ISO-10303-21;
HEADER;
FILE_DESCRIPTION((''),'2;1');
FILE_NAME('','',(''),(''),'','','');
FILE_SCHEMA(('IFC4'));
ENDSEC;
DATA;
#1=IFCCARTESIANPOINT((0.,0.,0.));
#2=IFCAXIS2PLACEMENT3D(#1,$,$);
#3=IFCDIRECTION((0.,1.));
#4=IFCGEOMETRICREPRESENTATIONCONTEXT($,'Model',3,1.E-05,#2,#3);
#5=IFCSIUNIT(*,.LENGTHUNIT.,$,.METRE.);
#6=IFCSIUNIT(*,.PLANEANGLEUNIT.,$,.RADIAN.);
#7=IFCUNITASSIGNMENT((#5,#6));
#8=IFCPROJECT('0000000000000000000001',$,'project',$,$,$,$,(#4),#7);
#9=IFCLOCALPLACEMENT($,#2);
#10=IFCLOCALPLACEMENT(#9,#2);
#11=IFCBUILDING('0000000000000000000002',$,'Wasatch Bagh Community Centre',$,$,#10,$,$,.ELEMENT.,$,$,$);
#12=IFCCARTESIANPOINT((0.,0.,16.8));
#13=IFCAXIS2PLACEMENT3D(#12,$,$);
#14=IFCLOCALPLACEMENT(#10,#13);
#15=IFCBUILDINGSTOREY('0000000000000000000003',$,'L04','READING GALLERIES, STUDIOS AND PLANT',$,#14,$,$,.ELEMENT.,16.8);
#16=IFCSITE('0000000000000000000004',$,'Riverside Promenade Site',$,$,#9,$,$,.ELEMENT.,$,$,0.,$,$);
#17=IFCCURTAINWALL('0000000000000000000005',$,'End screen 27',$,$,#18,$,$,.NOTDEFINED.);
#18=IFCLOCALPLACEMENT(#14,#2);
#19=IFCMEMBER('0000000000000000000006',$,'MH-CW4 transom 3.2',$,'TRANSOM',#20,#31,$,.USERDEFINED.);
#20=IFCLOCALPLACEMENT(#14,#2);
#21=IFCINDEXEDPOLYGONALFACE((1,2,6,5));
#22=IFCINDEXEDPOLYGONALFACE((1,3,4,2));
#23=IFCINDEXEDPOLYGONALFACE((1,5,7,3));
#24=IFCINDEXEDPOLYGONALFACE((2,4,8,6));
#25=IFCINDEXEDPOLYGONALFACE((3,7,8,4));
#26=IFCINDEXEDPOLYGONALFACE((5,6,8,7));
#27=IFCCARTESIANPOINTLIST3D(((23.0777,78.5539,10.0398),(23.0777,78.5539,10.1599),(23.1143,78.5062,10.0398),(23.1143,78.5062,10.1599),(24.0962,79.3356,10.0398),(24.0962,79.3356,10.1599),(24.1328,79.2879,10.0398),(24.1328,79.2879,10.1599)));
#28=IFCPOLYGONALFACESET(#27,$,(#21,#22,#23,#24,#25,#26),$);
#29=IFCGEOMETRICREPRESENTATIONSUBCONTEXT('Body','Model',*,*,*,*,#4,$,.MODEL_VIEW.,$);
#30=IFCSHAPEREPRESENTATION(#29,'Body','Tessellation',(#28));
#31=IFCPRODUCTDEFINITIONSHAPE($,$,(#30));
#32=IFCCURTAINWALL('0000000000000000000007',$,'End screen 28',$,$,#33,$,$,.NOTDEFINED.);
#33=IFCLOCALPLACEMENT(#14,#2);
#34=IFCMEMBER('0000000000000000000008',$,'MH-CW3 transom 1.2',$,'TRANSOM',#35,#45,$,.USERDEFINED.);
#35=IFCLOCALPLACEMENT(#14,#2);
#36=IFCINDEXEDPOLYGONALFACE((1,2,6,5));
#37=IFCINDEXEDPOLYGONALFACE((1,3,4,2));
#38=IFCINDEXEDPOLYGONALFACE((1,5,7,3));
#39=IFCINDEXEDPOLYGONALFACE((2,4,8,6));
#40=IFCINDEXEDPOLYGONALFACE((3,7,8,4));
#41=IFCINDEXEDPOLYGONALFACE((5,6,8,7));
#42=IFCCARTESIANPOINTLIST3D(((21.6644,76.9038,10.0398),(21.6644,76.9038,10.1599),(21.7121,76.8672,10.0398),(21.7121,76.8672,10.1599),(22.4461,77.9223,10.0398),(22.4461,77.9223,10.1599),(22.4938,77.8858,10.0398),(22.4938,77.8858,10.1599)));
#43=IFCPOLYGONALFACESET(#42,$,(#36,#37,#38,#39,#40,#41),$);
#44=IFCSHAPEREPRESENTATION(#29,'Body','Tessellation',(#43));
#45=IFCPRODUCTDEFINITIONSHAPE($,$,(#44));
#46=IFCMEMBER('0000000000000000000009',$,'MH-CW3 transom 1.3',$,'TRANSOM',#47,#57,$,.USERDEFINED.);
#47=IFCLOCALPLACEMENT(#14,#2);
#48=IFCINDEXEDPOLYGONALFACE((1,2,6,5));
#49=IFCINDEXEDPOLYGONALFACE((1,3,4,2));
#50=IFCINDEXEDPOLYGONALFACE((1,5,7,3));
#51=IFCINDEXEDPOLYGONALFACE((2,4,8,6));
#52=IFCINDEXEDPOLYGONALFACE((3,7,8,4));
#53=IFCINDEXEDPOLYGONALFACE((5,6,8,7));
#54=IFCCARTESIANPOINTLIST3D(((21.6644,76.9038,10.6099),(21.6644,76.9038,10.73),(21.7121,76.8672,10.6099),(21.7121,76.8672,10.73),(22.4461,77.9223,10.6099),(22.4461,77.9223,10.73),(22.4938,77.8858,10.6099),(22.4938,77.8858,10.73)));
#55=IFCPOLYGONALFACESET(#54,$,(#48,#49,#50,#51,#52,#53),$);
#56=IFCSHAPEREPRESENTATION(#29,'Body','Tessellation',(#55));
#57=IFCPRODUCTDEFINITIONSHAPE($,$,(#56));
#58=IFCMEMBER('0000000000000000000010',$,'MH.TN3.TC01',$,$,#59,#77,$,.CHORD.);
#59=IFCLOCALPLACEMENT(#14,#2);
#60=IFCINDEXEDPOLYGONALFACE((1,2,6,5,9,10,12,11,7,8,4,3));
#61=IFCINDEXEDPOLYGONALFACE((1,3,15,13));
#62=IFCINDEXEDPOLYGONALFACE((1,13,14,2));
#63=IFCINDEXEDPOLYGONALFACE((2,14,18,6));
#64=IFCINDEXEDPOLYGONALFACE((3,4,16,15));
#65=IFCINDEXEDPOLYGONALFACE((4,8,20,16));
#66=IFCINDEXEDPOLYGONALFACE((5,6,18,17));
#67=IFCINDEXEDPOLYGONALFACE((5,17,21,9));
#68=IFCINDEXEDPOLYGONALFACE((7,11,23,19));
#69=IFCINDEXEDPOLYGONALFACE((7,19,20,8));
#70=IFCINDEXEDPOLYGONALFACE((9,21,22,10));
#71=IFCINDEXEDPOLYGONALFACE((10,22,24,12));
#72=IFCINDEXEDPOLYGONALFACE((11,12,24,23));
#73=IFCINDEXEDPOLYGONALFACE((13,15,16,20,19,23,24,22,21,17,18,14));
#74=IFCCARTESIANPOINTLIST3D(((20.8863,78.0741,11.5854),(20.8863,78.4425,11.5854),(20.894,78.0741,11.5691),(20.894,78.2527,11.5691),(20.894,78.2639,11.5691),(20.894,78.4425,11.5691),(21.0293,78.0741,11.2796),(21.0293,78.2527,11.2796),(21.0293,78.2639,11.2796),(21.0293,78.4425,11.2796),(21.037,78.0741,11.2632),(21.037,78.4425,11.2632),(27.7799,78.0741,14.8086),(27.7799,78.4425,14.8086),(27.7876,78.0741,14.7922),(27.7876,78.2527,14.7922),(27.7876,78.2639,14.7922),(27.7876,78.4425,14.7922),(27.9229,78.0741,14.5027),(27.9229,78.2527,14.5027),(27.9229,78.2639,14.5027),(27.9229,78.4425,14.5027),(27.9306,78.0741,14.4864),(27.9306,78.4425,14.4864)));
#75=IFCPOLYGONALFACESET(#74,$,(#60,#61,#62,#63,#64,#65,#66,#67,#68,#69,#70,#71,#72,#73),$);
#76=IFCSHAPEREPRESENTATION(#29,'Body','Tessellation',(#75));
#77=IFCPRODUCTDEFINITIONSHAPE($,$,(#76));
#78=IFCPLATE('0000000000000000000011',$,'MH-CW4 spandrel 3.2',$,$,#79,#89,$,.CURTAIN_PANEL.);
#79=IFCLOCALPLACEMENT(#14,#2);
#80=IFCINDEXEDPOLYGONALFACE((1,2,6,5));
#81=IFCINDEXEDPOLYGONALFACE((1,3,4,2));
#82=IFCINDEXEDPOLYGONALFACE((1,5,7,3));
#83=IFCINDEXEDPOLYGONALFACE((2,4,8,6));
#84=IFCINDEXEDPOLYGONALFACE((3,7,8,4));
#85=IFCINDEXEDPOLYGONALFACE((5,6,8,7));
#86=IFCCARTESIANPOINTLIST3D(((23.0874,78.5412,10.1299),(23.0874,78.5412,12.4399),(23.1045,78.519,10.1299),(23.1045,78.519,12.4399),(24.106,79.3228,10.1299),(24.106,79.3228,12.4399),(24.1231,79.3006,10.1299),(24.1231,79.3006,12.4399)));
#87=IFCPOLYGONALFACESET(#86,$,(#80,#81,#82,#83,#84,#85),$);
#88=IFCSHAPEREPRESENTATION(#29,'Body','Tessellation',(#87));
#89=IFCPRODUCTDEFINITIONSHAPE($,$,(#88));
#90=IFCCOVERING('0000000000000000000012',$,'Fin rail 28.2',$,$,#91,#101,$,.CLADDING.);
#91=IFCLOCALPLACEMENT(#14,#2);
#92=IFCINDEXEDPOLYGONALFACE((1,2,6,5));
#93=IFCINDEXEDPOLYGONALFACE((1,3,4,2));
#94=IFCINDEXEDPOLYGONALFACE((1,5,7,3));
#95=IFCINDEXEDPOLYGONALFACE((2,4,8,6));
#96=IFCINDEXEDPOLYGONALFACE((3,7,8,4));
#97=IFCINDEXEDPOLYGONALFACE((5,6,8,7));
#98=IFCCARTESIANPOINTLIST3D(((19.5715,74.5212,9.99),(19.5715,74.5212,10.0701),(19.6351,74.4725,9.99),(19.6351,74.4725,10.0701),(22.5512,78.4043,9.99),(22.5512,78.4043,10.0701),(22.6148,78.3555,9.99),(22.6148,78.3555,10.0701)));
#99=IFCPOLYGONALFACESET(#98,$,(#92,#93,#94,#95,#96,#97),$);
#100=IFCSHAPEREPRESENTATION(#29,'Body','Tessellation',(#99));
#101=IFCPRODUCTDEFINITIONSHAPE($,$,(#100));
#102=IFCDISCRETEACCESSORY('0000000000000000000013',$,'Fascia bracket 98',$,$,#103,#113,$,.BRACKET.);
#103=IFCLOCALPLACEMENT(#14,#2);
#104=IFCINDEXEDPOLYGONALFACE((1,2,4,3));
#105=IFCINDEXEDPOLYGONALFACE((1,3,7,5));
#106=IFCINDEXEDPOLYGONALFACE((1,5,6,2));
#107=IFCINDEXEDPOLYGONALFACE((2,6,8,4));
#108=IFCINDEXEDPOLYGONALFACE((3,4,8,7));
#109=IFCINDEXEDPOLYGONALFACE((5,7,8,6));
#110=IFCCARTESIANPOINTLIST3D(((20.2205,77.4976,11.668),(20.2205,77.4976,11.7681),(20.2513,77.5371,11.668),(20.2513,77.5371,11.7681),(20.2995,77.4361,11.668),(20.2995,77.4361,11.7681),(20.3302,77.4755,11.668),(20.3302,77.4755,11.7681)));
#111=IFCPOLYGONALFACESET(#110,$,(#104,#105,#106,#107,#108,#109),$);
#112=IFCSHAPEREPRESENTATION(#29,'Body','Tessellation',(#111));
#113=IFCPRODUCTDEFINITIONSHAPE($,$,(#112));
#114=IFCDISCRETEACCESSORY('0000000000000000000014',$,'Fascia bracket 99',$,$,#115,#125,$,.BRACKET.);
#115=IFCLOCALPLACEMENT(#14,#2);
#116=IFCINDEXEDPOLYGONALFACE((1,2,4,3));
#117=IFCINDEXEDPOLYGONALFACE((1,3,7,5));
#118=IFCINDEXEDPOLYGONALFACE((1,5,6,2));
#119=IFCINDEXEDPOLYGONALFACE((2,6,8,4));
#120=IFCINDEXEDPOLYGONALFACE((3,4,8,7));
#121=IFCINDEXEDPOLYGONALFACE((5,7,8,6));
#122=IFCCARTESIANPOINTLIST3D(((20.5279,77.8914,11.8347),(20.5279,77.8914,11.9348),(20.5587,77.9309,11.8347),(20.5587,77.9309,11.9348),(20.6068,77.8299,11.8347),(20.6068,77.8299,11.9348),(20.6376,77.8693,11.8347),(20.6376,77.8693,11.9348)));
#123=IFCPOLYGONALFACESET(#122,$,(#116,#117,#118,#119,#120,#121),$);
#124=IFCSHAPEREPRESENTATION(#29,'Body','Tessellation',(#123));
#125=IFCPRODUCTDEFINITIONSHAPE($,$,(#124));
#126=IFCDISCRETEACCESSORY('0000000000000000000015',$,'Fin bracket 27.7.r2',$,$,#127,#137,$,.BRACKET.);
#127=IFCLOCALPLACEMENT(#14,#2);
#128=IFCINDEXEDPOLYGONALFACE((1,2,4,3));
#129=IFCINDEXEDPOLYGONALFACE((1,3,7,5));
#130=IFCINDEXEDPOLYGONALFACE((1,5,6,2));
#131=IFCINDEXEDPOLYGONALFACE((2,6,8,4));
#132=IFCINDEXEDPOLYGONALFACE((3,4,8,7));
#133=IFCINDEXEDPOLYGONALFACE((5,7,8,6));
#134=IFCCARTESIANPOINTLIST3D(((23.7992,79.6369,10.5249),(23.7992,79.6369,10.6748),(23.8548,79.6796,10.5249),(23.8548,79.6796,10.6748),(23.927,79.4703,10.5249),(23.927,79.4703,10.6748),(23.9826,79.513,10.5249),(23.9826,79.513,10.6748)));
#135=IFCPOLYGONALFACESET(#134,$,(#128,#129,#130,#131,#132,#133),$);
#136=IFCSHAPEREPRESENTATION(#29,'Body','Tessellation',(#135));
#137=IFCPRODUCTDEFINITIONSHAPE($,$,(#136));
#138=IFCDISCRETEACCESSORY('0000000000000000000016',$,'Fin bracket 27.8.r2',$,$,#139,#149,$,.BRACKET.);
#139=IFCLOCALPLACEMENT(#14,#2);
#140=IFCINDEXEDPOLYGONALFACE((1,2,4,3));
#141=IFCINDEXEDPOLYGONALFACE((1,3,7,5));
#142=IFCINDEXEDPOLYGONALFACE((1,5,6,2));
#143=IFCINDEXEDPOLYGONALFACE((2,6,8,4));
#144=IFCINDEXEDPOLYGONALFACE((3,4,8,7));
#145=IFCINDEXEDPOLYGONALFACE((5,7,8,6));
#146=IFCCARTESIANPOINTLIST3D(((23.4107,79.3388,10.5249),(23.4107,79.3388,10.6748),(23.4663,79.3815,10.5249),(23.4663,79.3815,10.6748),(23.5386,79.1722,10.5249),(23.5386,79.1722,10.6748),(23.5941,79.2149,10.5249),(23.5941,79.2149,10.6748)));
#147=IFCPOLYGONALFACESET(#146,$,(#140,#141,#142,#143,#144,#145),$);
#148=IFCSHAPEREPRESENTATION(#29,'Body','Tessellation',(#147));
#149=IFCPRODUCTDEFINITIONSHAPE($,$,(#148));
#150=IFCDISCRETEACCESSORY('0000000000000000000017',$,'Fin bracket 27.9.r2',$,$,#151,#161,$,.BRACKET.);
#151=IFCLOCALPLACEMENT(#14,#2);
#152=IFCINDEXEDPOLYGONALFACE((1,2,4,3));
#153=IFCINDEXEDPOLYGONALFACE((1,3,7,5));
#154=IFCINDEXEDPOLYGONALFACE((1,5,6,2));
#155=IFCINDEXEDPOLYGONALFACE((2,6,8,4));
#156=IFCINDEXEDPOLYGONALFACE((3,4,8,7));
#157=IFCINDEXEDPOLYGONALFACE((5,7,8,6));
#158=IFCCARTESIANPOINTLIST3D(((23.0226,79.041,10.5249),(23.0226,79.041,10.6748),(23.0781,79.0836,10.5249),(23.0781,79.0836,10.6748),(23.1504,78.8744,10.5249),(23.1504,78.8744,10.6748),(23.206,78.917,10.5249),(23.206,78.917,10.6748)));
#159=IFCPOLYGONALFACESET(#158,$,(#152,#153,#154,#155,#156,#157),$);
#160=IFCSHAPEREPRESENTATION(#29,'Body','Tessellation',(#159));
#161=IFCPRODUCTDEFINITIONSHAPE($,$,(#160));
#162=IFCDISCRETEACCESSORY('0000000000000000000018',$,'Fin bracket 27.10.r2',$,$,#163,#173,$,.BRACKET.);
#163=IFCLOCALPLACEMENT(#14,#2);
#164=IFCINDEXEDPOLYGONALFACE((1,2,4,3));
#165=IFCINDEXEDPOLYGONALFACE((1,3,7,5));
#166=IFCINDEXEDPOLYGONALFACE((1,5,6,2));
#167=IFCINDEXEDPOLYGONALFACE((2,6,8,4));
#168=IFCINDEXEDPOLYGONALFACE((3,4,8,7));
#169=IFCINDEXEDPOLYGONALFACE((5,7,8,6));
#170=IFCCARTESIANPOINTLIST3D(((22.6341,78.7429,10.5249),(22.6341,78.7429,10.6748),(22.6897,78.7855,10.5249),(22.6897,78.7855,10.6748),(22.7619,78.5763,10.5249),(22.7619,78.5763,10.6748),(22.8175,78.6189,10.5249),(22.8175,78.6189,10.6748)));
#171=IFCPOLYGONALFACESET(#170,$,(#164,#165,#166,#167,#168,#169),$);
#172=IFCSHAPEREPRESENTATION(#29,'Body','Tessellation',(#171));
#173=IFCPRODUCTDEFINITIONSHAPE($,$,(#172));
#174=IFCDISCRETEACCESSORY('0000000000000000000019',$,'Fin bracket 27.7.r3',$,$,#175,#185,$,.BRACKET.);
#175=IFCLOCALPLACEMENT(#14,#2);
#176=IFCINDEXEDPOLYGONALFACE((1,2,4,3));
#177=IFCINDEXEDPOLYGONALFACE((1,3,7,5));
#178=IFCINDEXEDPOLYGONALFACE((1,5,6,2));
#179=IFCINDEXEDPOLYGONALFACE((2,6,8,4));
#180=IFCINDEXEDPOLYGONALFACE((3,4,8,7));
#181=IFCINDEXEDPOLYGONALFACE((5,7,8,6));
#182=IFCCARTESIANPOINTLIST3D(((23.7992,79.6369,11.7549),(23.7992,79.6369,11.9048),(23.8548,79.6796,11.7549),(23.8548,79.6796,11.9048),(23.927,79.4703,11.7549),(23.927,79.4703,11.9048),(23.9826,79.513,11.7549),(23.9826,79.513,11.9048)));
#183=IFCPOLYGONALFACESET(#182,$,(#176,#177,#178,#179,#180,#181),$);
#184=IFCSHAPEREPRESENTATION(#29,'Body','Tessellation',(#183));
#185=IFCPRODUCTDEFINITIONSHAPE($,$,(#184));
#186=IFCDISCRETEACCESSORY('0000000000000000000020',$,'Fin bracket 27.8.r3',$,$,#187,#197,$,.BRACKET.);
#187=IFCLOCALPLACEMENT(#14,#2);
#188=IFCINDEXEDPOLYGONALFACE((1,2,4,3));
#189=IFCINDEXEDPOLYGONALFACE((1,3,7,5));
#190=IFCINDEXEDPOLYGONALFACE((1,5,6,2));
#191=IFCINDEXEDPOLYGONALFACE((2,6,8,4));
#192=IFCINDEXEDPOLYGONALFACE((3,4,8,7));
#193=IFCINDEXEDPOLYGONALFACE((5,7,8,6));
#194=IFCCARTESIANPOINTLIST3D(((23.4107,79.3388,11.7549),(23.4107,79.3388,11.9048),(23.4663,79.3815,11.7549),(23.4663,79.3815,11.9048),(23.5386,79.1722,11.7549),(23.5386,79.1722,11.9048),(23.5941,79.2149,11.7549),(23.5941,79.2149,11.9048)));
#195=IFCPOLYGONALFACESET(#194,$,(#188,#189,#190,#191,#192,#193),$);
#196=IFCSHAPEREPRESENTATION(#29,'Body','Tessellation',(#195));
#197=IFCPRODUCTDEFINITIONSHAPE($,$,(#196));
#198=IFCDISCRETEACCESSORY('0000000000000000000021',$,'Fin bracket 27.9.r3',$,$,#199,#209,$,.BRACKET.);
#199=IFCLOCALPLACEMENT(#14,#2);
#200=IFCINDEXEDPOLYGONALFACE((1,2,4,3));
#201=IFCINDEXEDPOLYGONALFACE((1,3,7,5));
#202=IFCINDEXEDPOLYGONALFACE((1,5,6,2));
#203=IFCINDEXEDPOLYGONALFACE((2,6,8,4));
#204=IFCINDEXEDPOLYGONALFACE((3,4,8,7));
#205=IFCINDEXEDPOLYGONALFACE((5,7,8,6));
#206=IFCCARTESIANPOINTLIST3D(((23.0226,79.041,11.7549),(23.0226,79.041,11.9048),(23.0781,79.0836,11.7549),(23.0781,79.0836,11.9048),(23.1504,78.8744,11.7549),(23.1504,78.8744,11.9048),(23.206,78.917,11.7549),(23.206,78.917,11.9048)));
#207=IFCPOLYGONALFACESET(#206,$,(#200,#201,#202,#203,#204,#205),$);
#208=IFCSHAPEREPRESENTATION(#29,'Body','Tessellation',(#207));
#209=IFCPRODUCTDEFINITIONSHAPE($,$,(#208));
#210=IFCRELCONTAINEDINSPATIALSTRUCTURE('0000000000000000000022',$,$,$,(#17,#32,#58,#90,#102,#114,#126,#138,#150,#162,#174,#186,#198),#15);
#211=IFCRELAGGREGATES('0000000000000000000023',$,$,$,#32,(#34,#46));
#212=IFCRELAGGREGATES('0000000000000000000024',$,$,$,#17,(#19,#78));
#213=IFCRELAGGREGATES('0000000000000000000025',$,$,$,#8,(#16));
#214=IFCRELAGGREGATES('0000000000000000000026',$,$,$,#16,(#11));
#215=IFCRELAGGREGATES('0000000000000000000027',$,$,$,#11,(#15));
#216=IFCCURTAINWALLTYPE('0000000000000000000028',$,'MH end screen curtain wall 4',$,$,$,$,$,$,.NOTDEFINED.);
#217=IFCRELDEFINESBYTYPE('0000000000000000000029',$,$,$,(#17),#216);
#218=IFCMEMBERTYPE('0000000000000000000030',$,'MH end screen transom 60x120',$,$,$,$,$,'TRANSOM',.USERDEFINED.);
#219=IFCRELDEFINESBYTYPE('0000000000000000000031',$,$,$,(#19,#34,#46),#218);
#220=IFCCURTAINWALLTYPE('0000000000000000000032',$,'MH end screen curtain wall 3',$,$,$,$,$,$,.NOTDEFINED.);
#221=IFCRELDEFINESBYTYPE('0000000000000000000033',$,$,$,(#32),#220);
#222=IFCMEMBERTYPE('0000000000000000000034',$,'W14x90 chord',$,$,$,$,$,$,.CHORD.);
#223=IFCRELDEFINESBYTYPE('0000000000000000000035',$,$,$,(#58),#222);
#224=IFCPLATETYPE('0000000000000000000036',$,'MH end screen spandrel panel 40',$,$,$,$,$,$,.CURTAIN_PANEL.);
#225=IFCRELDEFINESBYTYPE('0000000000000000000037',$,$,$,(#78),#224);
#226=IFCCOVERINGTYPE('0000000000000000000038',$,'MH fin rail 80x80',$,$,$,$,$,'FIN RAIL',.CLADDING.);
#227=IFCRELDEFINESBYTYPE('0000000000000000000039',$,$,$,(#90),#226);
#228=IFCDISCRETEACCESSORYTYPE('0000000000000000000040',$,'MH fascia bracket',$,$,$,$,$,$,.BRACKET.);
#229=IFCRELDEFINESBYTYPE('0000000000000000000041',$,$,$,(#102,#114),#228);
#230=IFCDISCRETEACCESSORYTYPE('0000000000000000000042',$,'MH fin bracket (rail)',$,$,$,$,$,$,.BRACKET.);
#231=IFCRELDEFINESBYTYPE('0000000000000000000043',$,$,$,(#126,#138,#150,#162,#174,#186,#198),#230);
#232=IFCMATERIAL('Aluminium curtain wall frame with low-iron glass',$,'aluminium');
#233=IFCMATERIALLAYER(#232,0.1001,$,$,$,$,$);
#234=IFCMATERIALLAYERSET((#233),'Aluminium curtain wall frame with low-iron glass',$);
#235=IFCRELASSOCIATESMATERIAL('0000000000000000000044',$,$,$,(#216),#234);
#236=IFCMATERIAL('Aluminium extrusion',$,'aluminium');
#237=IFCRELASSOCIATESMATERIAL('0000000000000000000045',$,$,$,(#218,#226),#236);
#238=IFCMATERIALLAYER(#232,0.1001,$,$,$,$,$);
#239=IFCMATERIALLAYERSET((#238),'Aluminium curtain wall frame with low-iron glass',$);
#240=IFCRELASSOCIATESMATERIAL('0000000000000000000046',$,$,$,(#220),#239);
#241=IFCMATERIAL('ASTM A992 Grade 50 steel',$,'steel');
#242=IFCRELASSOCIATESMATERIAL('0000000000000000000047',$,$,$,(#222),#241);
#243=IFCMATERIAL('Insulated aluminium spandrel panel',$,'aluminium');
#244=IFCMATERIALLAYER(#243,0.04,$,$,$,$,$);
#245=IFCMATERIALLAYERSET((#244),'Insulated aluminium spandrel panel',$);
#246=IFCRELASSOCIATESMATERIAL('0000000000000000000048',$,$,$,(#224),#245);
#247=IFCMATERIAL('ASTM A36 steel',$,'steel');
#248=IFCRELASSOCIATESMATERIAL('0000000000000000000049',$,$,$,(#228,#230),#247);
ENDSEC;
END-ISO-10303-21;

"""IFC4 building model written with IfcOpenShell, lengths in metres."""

from ifc_helpers import new_model, si_unit, direction, frame, origin, origin_2d, place, context, subcontext, project, spatial, rectangle, i_section, extrude, material, layer, layer_set, material_profile, profile_set, type_object, element, aggregate, save


model = new_model("IFC4")

# Units and contexts
model_context = context("Model", 3, precision=1e-05, world=origin(), true_north=direction((0.0, 1.0)))
body_context = subcontext(model_context, "Body", "Model", "MODEL_VIEW")
ifc_project = project(units=[si_unit("LENGTHUNIT", "METRE"), si_unit("PLANEANGLEUNIT", "RADIAN")], contexts=[model_context])

# Site, building, storey
site_placement = place(None, origin())
site = spatial("IfcSite", under=ifc_project, at=site_placement, Name="Riverside Promenade Site", CompositionType="ELEMENT", RefElevation=0.0)
building_placement = place(site_placement, origin())
building = spatial("IfcBuilding", under=site, at=building_placement, Name="Wasatch Bagh Community Centre", CompositionType="ELEMENT")
storey_placement = place(building_placement, frame((0.0, 0.0, 16.8)))
storey = spatial("IfcBuildingStorey", under=building, at=storey_placement, Name="L04", Description="READING GALLERIES, STUDIOS AND PLANT", CompositionType="ELEMENT", Elevation=16.8)

# Curtain wall, member
ifc_material_1 = material(Name="Aluminium curtain wall frame with low-iron glass", Category="aluminium")
ifc_layer_1 = layer(ifc_material_1, 0.1001)
ifc_layer_set_1 = layer_set([ifc_layer_1], Name="Aluminium curtain wall frame with low-iron glass")
curtain_wall_type_1 = type_object("IfcCurtainWallType", Name="MH end screen curtain wall 4", PredefinedType="NOTDEFINED", material=ifc_layer_set_1)
curtain_wall_1_placement = place(storey_placement, origin())
curtain_wall_1 = element("IfcCurtainWall", 1, at=curtain_wall_1_placement, inside=storey, type_object=curtain_wall_type_1, Name="End screen 27", PredefinedType="NOTDEFINED")
ifc_material_2 = material(Name="Aluminium extrusion", Category="aluminium")
ifc_material_profile_1 = material_profile(ifc_material_2, rectangle(XDim=0.0601, YDim=0.1201, at=origin_2d()), Name="AL 60x120")
ifc_profile_set_1 = profile_set([ifc_material_profile_1], Name="Aluminium extrusion")
member_type_1 = type_object("IfcMemberType", Name="MH end screen transom 60x120", ElementType="TRANSOM", PredefinedType="USERDEFINED", material=ifc_profile_set_1)
member_1_placement = place(storey_placement, frame((24.1145, 79.3118, 10.0999), z_axis=(-0.793288, -0.608847, 0.0), x_axis=(0.608847, -0.793288, 0.0)))
member_1 = element("IfcMember", 2, at=member_1_placement, type_object=member_type_1, Name="MH-CW4 transom 3.2", ObjectType="TRANSOM", PredefinedType="USERDEFINED", context=body_context, shape_type="SweptSolid", body=[
    extrude(rectangle(XDim=0.0601, YDim=0.1201, at=origin_2d()), origin(), (0.0, 0.0, 1.0), 1.2839),
])

# Curtain wall, members
ifc_layer_2 = layer(ifc_material_1, 0.1001)
ifc_layer_set_2 = layer_set([ifc_layer_2], Name="Aluminium curtain wall frame with low-iron glass")
curtain_wall_type_2 = type_object("IfcCurtainWallType", Name="MH end screen curtain wall 3", PredefinedType="NOTDEFINED", material=ifc_layer_set_2)
curtain_wall_2_placement = place(storey_placement, origin())
curtain_wall_2 = element("IfcCurtainWall", 3, at=curtain_wall_2_placement, inside=storey, type_object=curtain_wall_type_2, Name="End screen 28", PredefinedType="NOTDEFINED")
member_2_placement = place(storey_placement, frame((22.47, 77.9041, 10.0999), z_axis=(-0.608847, -0.793288, 0.0), x_axis=(0.793288, -0.608847, 0.0)))
member_2 = element("IfcMember", 4, at=member_2_placement, type_object=member_type_1, Name="MH-CW3 transom 1.2", ObjectType="TRANSOM", PredefinedType="USERDEFINED", context=body_context, shape_type="SweptSolid", body=[
    extrude(rectangle(XDim=0.0601, YDim=0.1201, at=origin_2d()), origin(), (0.0, 0.0, 1.0), 1.2839),
])
member_3_placement = place(storey_placement, frame((22.47, 77.9041, 10.6699), z_axis=(-0.608847, -0.793288, 0.0), x_axis=(0.793288, -0.608847, 0.0)))
member_3 = element("IfcMember", 5, at=member_3_placement, type_object=member_type_1, Name="MH-CW3 transom 1.3", ObjectType="TRANSOM", PredefinedType="USERDEFINED", context=body_context, shape_type="SweptSolid", body=[
    extrude(rectangle(XDim=0.0601, YDim=0.1201, at=origin_2d()), origin(), (0.0, 0.0, 1.0), 1.2839),
])
aggregate(curtain_wall_2, [member_2, member_3])

# Member
ifc_material_3 = material(Name="ASTM A992 Grade 50 steel", Category="steel")
ifc_material_profile_2 = material_profile(ifc_material_3, i_section(OverallWidth=0.3684, OverallDepth=0.3557, WebThickness=0.0112, FlangeThickness=0.0181, at=origin_2d()), Name="W14x90")
ifc_profile_set_2 = profile_set([ifc_material_profile_2], Name="ASTM A992 Grade 50 steel")
member_type_2 = type_object("IfcMemberType", Name="W14x90 chord", PredefinedType="CHORD", material=ifc_profile_set_2)
member_4_placement = place(storey_placement, frame((20.9617, 78.2583, 11.4243), z_axis=(0.905873, 0.0, 0.423549), x_axis=(0.0, 1.0, 0.0)))
element("IfcMember", 6, at=member_4_placement, inside=storey, type_object=member_type_2, Name="MH.TN3.TC01", PredefinedType="CHORD", context=body_context, shape_type="SweptSolid", body=[
    extrude(i_section(OverallWidth=0.3684, OverallDepth=0.3557, WebThickness=0.0112, FlangeThickness=0.0181, at=origin_2d()), origin(), (0.0, 0.0, 1.0), 7.6099),
])

# Plate
ifc_material_4 = material(Name="Insulated aluminium spandrel panel", Category="aluminium")
ifc_layer_3 = layer(ifc_material_4, 0.04)
ifc_layer_set_3 = layer_set([ifc_layer_3], Name="Insulated aluminium spandrel panel")
plate_type = type_object("IfcPlateType", Name="MH end screen spandrel panel 40", PredefinedType="CURTAIN_PANEL", material=ifc_layer_set_3)
plate_placement = place(storey_placement, frame((23.6052, 78.9209, 10.1299), z_axis=(0.0, 0.0, 1.0), x_axis=(-0.793353, -0.608761, 0.0)))
plate = element("IfcPlate", 7, at=plate_placement, type_object=plate_type, Name="MH-CW4 spandrel 3.2", PredefinedType="CURTAIN_PANEL", context=body_context, shape_type="SweptSolid", body=[
    extrude(rectangle(XDim=1.2839, YDim=0.0281, at=origin_2d()), origin(), (0.0, 0.0, 1.0), 2.3101),
])
aggregate(curtain_wall_1, [member_1, plate])

# Covering
ifc_material_profile_3 = material_profile(ifc_material_2, rectangle(XDim=0.0801, YDim=0.0801, at=origin_2d()), Name="AL 80x80")
ifc_profile_set_3 = profile_set([ifc_material_profile_3], Name="Aluminium extrusion")
covering_type_1 = type_object("IfcCoveringType", Name="MH fin rail 80x80", ElementType="FIN RAIL", PredefinedType="CLADDING", material=ifc_profile_set_3)
covering_1_placement = place(storey_placement, frame((22.583, 78.3799, 10.03), z_axis=(-0.608782, -0.793337, 0.0), x_axis=(0.793337, -0.608782, 0.0)))
element("IfcCovering", 8, at=covering_1_placement, inside=storey, type_object=covering_type_1, Name="Fin rail 28.2", PredefinedType="CLADDING", context=body_context, shape_type="SweptSolid", body=[
    extrude(rectangle(XDim=0.0801, YDim=0.0801, at=origin_2d()), origin(), (0.0, 0.0, 1.0), 4.8945),
])

# Discrete accessories
ifc_material_5 = material(Name="ASTM A36 steel", Category="steel")
discrete_accessory_type_1 = type_object("IfcDiscreteAccessoryType", Name="MH fascia bracket", PredefinedType="BRACKET", material=ifc_material_5)
for number, where, z_axis, x_axis, name in (
    (9, (20.2754, 77.4866, 11.668), (0.0, 0.0, 1.0), (-0.788346, 0.615232, 0.0), "Fascia bracket 98"),
    (10, (20.5828, 77.8804, 11.8347), (0.0, 0.0, 1.0), (-0.788346, 0.615232, 0.0), "Fascia bracket 99"),
):
    element("IfcDiscreteAccessory", number, at=place(storey_placement, frame(where, z_axis=z_axis, x_axis=x_axis)), inside=storey, type_object=discrete_accessory_type_1, Name=name, PredefinedType="BRACKET", context=body_context, shape_type="SweptSolid", body=[
        extrude(rectangle(XDim=0.1001, YDim=0.05, at=origin_2d()), origin(), (0.0, 0.0, 1.0), 0.1001),
    ])
discrete_accessory_type_2 = type_object("IfcDiscreteAccessoryType", Name="MH fin bracket (rail)", PredefinedType="BRACKET", material=ifc_material_5)
for number, where, z_axis, x_axis, name in (
    (11, (23.8909, 79.575, 10.5249), (0.0, 0.0, 1.0), (-0.793353, -0.608761, 0.0), "Fin bracket 27.7.r2"),
    (12, (23.5024, 79.2769, 10.5249), (0.0, 0.0, 1.0), (-0.793353, -0.608761, 0.0), "Fin bracket 27.8.r2"),
    (13, (23.1143, 78.979, 10.5249), (0.0, 0.0, 1.0), (-0.793353, -0.608761, 0.0), "Fin bracket 27.9.r2"),
    (14, (22.7258, 78.6809, 10.5249), (0.0, 0.0, 1.0), (-0.793353, -0.608761, 0.0), "Fin bracket 27.10.r2"),
    (15, (23.8909, 79.575, 11.7549), (0.0, 0.0, 1.0), (-0.793353, -0.608761, 0.0), "Fin bracket 27.7.r3"),
    (16, (23.5024, 79.2769, 11.7549), (0.0, 0.0, 1.0), (-0.793353, -0.608761, 0.0), "Fin bracket 27.8.r3"),
    (17, (23.1143, 78.979, 11.7549), (0.0, 0.0, 1.0), (-0.793353, -0.608761, 0.0), "Fin bracket 27.9.r3"),
):
    element("IfcDiscreteAccessory", number, at=place(storey_placement, frame(where, z_axis=z_axis, x_axis=x_axis)), inside=storey, type_object=discrete_accessory_type_2, Name=name, PredefinedType="BRACKET", context=body_context, shape_type="SweptSolid", body=[
        extrude(rectangle(XDim=0.0701, YDim=0.21, at=origin_2d()), origin(), (0.0, 0.0, 1.0), 0.1499),
    ])

save(model, "model.ifc")
